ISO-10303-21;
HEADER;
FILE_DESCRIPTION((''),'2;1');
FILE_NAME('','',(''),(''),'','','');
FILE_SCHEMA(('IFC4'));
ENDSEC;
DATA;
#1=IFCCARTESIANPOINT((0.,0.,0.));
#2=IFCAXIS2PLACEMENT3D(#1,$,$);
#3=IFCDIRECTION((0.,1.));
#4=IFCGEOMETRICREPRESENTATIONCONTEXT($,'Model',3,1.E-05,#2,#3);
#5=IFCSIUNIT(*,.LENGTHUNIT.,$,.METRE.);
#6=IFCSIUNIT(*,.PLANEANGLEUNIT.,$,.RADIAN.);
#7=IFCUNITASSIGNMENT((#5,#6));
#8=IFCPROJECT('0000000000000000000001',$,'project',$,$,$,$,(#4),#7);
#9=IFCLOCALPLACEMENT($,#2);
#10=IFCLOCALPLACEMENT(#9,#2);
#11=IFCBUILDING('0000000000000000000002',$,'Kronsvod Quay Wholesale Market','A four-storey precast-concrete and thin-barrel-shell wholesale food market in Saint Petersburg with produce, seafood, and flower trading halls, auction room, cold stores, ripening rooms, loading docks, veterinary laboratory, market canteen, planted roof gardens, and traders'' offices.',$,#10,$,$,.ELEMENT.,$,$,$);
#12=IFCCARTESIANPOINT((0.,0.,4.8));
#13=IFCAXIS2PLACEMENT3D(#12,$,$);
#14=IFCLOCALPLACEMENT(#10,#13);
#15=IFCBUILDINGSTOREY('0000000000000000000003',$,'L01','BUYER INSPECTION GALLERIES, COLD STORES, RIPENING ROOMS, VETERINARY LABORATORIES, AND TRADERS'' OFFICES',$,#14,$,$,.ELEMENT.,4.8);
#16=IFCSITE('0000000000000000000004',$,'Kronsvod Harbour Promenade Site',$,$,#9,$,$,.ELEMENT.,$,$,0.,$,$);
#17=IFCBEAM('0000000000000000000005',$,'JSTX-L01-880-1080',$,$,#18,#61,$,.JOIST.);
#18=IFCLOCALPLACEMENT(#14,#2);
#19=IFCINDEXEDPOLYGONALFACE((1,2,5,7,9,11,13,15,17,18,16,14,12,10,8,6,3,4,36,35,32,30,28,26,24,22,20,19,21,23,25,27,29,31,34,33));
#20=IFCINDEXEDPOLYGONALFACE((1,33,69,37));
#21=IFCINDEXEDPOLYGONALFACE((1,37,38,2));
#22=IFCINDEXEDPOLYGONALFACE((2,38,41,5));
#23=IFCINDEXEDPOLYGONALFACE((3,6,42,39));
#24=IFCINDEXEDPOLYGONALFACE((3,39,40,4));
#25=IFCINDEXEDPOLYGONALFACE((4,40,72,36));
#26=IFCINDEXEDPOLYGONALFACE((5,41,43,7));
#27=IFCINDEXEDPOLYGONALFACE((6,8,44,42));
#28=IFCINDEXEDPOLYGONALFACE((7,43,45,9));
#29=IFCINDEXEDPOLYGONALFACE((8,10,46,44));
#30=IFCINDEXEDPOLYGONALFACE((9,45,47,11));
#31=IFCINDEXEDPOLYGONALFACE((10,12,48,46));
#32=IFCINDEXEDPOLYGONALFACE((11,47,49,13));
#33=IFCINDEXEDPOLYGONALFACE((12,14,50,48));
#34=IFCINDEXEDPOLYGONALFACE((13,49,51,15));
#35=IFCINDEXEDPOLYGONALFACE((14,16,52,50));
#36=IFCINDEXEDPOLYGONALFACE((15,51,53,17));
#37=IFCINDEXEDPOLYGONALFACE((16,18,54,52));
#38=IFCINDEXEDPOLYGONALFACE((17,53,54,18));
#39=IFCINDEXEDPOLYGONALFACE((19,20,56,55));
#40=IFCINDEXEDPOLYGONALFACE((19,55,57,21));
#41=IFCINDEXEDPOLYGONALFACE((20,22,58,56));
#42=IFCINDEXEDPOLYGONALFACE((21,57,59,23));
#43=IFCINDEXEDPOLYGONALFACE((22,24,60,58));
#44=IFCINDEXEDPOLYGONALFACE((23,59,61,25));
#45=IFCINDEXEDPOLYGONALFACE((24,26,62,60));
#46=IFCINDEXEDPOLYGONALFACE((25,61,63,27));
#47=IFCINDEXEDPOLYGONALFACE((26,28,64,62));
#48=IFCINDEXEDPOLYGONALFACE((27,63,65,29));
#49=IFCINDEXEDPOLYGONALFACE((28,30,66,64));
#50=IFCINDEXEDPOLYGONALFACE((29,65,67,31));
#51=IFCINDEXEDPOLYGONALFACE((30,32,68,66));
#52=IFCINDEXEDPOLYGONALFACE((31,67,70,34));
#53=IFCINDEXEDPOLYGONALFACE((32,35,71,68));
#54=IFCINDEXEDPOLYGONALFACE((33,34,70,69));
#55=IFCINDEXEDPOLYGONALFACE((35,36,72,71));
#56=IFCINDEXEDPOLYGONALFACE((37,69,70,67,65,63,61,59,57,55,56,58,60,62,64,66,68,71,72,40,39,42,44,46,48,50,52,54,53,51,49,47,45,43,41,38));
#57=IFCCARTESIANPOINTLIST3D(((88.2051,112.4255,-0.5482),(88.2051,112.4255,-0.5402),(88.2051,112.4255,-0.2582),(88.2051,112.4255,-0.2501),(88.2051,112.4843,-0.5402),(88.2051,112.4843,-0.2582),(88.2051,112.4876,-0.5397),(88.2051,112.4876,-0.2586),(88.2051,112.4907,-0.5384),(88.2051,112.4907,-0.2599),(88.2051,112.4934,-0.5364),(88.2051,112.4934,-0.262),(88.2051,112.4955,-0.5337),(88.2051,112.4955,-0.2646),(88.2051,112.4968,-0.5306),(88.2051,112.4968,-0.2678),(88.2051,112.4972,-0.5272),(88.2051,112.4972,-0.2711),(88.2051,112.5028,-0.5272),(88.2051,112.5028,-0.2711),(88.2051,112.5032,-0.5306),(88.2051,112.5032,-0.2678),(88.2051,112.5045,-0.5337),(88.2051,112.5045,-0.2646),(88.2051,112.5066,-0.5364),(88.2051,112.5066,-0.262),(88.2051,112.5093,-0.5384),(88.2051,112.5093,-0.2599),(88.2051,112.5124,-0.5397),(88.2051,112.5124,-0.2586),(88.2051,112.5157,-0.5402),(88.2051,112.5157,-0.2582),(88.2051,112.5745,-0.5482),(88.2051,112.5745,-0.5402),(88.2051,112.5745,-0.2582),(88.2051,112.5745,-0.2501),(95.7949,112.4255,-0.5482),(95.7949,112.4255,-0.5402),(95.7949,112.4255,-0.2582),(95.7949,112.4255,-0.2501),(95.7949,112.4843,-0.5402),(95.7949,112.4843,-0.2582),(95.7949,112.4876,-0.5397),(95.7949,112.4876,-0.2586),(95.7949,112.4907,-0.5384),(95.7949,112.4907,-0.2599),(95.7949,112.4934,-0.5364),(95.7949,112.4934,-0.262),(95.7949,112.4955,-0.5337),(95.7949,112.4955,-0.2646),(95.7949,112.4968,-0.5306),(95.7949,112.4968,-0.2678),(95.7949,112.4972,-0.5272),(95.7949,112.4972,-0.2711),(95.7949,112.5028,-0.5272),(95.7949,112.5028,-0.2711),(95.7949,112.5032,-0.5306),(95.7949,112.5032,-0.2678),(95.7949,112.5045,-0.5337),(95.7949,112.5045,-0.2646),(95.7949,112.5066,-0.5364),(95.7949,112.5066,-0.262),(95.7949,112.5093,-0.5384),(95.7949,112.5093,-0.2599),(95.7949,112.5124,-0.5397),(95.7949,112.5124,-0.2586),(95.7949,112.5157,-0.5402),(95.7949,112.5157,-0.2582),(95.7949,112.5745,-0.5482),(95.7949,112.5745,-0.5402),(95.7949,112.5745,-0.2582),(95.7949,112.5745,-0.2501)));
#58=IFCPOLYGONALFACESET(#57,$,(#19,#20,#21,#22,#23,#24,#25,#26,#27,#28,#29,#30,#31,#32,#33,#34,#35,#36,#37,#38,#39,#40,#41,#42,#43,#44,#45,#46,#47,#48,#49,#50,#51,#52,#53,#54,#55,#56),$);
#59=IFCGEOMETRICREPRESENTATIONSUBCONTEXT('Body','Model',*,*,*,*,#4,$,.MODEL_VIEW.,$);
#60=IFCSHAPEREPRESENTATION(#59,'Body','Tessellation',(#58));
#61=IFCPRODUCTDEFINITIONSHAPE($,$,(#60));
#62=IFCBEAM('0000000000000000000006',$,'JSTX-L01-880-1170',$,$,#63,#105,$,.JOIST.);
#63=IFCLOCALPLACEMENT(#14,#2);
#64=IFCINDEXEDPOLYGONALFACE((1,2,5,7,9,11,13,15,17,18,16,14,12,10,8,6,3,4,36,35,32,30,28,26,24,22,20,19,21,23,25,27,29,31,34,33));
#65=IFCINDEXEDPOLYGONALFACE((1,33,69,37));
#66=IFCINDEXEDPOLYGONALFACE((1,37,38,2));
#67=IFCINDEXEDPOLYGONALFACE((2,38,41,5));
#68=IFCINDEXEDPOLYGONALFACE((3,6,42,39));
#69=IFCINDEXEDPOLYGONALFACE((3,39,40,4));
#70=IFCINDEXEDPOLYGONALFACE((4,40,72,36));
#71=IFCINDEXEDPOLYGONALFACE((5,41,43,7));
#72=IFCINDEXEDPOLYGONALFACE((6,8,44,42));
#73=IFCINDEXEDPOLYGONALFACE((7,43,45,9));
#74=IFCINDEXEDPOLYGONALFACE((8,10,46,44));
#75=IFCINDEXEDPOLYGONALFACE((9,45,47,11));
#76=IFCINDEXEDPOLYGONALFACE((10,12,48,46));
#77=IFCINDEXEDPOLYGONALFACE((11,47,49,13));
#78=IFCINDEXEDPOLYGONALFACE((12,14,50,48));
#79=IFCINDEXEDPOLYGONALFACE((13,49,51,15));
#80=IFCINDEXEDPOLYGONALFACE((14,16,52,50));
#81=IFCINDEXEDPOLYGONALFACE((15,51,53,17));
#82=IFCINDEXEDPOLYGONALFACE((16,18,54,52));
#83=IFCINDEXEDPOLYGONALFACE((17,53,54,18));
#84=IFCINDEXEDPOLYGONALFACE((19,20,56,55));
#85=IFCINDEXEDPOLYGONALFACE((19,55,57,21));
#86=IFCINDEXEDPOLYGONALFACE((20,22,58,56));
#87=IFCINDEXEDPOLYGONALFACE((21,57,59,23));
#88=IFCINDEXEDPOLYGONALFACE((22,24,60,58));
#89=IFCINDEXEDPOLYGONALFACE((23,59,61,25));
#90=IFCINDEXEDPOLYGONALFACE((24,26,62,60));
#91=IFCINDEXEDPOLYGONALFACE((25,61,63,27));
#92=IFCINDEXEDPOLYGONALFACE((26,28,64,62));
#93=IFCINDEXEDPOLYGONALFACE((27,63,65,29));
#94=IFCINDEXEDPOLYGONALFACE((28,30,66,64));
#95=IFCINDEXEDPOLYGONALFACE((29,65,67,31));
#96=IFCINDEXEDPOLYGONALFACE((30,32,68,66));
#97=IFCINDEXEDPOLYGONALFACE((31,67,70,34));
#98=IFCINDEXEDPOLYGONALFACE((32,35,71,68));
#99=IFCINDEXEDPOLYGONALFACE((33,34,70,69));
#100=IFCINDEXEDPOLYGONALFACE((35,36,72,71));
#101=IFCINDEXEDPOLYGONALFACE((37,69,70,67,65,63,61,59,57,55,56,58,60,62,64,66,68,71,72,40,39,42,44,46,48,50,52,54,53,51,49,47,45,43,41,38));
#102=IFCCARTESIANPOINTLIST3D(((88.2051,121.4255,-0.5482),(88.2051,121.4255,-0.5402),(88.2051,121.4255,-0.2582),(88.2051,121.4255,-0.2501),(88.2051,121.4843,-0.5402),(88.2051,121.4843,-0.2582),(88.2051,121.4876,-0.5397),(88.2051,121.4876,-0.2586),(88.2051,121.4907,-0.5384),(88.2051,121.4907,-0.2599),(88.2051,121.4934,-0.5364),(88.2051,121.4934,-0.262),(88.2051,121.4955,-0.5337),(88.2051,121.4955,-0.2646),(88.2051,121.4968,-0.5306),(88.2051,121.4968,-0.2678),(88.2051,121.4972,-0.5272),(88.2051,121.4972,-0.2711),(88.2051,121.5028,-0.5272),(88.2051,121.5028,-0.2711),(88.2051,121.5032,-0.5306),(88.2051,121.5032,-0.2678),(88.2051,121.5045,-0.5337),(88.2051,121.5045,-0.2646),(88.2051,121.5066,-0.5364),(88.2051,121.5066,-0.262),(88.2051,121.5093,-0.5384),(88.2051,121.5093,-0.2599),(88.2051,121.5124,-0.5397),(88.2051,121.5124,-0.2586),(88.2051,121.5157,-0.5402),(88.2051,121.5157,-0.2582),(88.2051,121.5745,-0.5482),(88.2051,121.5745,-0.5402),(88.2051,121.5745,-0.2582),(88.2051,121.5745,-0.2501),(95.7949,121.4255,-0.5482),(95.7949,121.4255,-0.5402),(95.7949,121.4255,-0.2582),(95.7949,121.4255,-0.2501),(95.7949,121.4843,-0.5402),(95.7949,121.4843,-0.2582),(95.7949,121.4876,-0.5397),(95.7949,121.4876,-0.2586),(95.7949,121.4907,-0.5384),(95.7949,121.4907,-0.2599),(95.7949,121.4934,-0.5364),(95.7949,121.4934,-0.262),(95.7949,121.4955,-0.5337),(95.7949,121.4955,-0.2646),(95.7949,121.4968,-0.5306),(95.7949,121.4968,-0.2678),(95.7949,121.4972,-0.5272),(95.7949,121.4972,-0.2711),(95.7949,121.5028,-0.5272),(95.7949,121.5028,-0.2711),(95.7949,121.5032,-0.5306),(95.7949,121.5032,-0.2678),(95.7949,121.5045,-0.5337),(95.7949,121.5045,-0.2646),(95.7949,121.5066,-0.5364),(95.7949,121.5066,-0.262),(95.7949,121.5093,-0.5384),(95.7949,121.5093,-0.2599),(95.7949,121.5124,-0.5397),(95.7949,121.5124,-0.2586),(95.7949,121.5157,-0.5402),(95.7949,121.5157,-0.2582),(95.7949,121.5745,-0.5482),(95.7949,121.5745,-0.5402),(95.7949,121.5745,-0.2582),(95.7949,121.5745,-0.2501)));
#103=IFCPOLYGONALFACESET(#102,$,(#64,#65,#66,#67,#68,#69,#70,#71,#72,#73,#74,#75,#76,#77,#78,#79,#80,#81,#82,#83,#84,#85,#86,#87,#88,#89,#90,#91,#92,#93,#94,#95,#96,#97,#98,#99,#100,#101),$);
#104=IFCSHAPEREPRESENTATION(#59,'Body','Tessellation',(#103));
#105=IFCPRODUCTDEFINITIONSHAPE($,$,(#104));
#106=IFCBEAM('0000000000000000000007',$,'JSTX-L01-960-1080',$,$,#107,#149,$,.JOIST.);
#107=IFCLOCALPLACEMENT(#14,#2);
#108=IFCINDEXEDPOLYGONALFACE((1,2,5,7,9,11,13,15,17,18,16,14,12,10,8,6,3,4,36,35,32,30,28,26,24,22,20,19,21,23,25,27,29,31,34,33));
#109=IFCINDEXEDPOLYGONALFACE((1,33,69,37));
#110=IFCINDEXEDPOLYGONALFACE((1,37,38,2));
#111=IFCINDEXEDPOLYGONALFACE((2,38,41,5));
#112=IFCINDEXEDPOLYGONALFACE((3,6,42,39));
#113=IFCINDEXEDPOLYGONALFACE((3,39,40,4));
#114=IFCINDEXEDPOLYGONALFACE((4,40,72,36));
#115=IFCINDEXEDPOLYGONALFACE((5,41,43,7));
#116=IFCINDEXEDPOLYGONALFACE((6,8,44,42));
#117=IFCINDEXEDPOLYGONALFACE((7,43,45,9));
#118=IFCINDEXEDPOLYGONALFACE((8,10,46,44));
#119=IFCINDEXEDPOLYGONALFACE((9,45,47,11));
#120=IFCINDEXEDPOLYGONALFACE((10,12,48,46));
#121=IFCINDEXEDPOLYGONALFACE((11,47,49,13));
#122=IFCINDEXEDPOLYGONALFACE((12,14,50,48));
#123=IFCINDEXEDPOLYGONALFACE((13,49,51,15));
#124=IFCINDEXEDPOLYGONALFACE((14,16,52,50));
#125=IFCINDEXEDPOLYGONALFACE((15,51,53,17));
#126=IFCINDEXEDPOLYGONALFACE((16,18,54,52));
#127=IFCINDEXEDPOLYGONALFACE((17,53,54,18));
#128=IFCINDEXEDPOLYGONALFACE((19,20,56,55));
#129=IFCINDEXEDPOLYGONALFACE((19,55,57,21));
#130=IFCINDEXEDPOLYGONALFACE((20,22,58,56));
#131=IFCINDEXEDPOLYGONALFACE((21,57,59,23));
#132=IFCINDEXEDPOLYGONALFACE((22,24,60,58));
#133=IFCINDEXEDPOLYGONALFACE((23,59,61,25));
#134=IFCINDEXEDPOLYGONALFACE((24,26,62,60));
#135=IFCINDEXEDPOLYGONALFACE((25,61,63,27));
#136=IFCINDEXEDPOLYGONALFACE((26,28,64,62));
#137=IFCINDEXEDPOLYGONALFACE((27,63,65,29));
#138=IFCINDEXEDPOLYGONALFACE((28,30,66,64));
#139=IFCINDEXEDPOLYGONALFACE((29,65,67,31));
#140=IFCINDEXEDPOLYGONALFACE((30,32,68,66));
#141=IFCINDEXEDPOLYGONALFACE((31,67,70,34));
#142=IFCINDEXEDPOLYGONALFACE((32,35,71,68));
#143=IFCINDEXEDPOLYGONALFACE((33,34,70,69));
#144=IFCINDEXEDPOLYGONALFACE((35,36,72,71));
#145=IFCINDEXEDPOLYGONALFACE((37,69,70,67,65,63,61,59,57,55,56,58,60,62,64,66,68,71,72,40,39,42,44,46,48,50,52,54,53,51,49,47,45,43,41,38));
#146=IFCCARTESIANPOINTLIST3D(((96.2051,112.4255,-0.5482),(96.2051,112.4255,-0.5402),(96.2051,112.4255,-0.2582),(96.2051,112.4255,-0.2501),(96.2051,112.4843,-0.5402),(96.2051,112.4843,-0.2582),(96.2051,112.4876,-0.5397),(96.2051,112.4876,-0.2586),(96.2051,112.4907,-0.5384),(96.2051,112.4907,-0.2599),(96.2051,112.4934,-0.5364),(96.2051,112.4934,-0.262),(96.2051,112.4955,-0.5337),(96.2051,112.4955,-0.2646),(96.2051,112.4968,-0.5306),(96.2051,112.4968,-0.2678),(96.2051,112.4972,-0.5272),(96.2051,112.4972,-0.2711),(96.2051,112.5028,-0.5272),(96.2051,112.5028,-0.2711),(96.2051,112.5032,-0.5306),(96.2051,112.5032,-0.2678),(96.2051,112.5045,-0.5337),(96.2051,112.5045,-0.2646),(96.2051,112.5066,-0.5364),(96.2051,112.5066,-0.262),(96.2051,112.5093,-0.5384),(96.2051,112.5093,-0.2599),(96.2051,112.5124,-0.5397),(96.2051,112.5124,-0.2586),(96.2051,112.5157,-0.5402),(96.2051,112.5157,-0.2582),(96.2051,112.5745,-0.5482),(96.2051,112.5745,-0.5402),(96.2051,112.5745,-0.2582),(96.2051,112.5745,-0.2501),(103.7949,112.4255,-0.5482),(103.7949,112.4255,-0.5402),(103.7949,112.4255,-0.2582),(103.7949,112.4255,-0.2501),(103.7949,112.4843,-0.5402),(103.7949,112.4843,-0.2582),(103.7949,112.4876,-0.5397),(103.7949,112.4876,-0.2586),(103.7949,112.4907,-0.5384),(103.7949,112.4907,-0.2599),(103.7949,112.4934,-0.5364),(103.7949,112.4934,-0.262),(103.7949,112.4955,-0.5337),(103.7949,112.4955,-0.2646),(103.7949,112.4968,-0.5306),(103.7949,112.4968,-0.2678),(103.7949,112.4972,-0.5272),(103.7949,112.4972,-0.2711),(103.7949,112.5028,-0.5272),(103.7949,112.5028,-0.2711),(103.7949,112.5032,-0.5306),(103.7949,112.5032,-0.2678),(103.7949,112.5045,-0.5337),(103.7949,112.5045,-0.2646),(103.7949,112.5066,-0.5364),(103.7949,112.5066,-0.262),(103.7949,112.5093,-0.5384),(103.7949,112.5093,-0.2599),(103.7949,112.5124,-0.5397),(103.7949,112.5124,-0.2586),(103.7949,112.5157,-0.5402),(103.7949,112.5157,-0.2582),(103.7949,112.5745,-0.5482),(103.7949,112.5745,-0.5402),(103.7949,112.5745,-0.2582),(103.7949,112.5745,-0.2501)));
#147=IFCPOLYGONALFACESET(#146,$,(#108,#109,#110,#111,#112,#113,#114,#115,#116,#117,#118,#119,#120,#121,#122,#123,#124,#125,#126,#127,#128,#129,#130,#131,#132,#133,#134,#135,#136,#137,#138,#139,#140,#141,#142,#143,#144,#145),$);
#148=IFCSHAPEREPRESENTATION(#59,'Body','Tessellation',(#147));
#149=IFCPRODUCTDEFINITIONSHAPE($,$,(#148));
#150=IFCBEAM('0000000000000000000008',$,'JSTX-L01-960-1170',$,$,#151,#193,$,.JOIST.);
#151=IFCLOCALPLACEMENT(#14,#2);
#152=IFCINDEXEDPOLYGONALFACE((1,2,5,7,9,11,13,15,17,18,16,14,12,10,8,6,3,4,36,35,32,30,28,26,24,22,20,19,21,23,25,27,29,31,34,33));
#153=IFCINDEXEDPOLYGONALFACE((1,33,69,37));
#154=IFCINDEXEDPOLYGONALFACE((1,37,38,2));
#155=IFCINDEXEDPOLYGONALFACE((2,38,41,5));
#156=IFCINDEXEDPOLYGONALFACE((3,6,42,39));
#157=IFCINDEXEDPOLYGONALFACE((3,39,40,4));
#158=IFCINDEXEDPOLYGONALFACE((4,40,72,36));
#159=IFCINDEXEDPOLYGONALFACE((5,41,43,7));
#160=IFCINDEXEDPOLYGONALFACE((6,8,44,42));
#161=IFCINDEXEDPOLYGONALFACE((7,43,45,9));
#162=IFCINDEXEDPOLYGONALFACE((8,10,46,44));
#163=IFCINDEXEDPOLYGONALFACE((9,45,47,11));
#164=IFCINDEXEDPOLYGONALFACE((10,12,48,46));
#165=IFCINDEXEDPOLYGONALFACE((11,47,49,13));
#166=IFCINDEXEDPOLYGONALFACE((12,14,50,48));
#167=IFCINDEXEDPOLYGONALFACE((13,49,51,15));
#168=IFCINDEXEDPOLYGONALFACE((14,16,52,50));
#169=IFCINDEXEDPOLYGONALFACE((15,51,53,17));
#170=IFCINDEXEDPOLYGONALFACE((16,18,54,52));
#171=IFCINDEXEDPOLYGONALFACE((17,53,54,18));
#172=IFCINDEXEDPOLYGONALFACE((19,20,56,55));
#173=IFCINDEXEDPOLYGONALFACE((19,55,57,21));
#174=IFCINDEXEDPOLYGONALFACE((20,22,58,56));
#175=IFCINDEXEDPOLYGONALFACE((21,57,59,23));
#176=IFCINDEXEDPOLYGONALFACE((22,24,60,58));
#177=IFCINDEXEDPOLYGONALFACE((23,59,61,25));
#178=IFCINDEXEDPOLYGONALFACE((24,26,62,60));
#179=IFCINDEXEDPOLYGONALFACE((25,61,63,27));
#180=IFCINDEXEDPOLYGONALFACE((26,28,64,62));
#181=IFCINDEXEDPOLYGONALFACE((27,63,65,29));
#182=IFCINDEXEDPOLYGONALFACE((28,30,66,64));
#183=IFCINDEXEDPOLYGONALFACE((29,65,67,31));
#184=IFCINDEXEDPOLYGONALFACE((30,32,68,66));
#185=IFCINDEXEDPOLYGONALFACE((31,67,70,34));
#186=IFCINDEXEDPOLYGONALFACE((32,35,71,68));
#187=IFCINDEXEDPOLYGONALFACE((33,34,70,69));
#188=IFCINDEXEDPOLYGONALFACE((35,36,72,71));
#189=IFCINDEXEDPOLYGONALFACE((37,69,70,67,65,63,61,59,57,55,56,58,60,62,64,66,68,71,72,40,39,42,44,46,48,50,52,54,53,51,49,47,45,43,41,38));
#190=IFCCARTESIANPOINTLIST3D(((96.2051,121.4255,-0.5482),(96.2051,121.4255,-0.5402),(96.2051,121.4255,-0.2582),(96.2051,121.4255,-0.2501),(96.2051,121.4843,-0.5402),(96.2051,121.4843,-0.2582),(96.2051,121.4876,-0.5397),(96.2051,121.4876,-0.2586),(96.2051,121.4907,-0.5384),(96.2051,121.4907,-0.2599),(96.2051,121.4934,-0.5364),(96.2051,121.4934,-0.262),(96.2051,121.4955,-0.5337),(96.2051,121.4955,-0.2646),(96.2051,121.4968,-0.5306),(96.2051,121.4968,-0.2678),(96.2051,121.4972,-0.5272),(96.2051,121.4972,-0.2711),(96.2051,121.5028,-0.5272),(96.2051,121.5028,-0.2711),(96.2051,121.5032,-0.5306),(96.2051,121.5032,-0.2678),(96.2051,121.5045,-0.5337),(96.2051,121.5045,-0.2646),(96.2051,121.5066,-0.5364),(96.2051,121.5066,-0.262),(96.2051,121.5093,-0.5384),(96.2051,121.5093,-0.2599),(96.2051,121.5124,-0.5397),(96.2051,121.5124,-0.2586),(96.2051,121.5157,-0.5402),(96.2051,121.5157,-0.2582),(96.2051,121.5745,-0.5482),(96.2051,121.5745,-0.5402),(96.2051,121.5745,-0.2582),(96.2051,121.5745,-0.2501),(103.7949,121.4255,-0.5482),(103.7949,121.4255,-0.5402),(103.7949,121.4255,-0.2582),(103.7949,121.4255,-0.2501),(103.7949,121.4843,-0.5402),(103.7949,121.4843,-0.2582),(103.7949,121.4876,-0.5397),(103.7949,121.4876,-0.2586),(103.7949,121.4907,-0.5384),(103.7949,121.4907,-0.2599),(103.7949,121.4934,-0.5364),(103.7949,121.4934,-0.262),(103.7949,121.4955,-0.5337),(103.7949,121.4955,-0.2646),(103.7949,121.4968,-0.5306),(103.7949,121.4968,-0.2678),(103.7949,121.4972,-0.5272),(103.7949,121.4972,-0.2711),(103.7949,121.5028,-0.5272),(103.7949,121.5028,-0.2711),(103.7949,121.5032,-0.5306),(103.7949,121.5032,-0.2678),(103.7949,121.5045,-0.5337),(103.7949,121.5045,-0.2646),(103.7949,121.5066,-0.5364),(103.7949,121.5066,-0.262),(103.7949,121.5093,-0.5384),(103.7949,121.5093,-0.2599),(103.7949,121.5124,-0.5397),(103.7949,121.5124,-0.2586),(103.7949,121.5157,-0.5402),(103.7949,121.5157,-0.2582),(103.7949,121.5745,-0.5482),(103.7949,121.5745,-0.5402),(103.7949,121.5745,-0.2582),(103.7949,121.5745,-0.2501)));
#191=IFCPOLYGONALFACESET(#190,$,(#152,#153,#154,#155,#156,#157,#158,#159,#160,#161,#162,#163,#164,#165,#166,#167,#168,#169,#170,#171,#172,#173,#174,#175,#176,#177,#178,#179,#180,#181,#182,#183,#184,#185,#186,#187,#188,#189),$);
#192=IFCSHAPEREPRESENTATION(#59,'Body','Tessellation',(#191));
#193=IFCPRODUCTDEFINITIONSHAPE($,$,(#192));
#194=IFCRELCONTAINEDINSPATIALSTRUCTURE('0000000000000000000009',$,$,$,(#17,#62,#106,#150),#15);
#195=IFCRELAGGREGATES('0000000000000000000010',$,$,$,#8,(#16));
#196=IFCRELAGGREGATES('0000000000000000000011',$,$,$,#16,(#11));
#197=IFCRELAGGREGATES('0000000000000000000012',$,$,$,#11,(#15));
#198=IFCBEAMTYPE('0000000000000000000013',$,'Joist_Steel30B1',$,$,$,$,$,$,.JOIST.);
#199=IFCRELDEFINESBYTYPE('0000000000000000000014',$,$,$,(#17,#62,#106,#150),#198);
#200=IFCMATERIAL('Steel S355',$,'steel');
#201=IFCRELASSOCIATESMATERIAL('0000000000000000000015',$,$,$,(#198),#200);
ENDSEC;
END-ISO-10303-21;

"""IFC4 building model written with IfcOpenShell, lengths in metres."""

from ifc_helpers import new_model, si_unit, direction, frame, origin, origin_2d, place, context, subcontext, project, spatial, i_section, extrude, material, material_profile, profile_set, type_object, element, save


model = new_model("IFC4")

# Units and contexts
model_context = context("Model", 3, precision=1e-05, world=origin(), true_north=direction((0.0, 1.0)))
body_context = subcontext(model_context, "Body", "Model", "MODEL_VIEW")
ifc_project = project(units=[si_unit("LENGTHUNIT", "METRE"), si_unit("PLANEANGLEUNIT", "RADIAN")], contexts=[model_context])

# Site, building, storey
site_placement = place(None, origin())
site = spatial("IfcSite", under=ifc_project, at=site_placement, Name="Kronsvod Harbour Promenade Site", CompositionType="ELEMENT", RefElevation=0.0)
building_placement = place(site_placement, origin())
building = spatial("IfcBuilding", under=site, at=building_placement, Name="Kronsvod Quay Wholesale Market", Description="A four-storey precast-concrete and thin-barrel-shell wholesale food market in Saint Petersburg with produce, seafood, and flower trading halls, auction room, cold stores, ripening rooms, loading docks, veterinary laboratory, market canteen, planted roof gardens, and traders' offices.", CompositionType="ELEMENT")
storey_placement = place(building_placement, frame((0.0, 0.0, 4.8)))
storey = spatial("IfcBuildingStorey", under=building, at=storey_placement, Name="L01", Description="BUYER INSPECTION GALLERIES, COLD STORES, RIPENING ROOMS, VETERINARY LABORATORIES, AND TRADERS' OFFICES", CompositionType="ELEMENT", Elevation=4.8)

# Beams
ifc_material_1 = material(Name="Steel S355", Category="steel")
ifc_material_profile_1 = material_profile(ifc_material_1, i_section(OverallWidth=0.1489, OverallDepth=0.2981, WebThickness=0.0056, FlangeThickness=0.0081, FilletRadius=0.0129, at=origin_2d()), Name="30B1")
ifc_profile_set_1 = profile_set([ifc_material_profile_1], Name="Steel S355")
beam_type_1 = type_object("IfcBeamType", Name="Joist_Steel30B1", PredefinedType="JOIST", material=ifc_profile_set_1)
for number, where, z_axis, x_axis, name in (
    (1, (88.2051, 112.5, -0.3992), (1.0, 0.0, 0.0), (0.0, 1.0, 0.0), "JSTX-L01-880-1080"),
    (2, (88.2051, 121.5, -0.3992), (1.0, 0.0, 0.0), (0.0, 1.0, 0.0), "JSTX-L01-880-1170"),
    (3, (96.2051, 112.5, -0.3992), (1.0, 0.0, 0.0), (0.0, 1.0, 0.0), "JSTX-L01-960-1080"),
    (4, (96.2051, 121.5, -0.3992), (1.0, 0.0, 0.0), (0.0, 1.0, 0.0), "JSTX-L01-960-1170"),
):
    element("IfcBeam", number, at=place(storey_placement, frame(where, z_axis=z_axis, x_axis=x_axis)), inside=storey, type_object=beam_type_1, Name=name, PredefinedType="JOIST", context=body_context, shape_type="SweptSolid", body=[
        extrude(i_section(OverallWidth=0.1489, OverallDepth=0.2981, WebThickness=0.0056, FlangeThickness=0.0081, FilletRadius=0.0129, at=origin_2d()), origin(), (0.0, 0.0, 1.0), 7.5898),
    ])

save(model, "model.ifc")
